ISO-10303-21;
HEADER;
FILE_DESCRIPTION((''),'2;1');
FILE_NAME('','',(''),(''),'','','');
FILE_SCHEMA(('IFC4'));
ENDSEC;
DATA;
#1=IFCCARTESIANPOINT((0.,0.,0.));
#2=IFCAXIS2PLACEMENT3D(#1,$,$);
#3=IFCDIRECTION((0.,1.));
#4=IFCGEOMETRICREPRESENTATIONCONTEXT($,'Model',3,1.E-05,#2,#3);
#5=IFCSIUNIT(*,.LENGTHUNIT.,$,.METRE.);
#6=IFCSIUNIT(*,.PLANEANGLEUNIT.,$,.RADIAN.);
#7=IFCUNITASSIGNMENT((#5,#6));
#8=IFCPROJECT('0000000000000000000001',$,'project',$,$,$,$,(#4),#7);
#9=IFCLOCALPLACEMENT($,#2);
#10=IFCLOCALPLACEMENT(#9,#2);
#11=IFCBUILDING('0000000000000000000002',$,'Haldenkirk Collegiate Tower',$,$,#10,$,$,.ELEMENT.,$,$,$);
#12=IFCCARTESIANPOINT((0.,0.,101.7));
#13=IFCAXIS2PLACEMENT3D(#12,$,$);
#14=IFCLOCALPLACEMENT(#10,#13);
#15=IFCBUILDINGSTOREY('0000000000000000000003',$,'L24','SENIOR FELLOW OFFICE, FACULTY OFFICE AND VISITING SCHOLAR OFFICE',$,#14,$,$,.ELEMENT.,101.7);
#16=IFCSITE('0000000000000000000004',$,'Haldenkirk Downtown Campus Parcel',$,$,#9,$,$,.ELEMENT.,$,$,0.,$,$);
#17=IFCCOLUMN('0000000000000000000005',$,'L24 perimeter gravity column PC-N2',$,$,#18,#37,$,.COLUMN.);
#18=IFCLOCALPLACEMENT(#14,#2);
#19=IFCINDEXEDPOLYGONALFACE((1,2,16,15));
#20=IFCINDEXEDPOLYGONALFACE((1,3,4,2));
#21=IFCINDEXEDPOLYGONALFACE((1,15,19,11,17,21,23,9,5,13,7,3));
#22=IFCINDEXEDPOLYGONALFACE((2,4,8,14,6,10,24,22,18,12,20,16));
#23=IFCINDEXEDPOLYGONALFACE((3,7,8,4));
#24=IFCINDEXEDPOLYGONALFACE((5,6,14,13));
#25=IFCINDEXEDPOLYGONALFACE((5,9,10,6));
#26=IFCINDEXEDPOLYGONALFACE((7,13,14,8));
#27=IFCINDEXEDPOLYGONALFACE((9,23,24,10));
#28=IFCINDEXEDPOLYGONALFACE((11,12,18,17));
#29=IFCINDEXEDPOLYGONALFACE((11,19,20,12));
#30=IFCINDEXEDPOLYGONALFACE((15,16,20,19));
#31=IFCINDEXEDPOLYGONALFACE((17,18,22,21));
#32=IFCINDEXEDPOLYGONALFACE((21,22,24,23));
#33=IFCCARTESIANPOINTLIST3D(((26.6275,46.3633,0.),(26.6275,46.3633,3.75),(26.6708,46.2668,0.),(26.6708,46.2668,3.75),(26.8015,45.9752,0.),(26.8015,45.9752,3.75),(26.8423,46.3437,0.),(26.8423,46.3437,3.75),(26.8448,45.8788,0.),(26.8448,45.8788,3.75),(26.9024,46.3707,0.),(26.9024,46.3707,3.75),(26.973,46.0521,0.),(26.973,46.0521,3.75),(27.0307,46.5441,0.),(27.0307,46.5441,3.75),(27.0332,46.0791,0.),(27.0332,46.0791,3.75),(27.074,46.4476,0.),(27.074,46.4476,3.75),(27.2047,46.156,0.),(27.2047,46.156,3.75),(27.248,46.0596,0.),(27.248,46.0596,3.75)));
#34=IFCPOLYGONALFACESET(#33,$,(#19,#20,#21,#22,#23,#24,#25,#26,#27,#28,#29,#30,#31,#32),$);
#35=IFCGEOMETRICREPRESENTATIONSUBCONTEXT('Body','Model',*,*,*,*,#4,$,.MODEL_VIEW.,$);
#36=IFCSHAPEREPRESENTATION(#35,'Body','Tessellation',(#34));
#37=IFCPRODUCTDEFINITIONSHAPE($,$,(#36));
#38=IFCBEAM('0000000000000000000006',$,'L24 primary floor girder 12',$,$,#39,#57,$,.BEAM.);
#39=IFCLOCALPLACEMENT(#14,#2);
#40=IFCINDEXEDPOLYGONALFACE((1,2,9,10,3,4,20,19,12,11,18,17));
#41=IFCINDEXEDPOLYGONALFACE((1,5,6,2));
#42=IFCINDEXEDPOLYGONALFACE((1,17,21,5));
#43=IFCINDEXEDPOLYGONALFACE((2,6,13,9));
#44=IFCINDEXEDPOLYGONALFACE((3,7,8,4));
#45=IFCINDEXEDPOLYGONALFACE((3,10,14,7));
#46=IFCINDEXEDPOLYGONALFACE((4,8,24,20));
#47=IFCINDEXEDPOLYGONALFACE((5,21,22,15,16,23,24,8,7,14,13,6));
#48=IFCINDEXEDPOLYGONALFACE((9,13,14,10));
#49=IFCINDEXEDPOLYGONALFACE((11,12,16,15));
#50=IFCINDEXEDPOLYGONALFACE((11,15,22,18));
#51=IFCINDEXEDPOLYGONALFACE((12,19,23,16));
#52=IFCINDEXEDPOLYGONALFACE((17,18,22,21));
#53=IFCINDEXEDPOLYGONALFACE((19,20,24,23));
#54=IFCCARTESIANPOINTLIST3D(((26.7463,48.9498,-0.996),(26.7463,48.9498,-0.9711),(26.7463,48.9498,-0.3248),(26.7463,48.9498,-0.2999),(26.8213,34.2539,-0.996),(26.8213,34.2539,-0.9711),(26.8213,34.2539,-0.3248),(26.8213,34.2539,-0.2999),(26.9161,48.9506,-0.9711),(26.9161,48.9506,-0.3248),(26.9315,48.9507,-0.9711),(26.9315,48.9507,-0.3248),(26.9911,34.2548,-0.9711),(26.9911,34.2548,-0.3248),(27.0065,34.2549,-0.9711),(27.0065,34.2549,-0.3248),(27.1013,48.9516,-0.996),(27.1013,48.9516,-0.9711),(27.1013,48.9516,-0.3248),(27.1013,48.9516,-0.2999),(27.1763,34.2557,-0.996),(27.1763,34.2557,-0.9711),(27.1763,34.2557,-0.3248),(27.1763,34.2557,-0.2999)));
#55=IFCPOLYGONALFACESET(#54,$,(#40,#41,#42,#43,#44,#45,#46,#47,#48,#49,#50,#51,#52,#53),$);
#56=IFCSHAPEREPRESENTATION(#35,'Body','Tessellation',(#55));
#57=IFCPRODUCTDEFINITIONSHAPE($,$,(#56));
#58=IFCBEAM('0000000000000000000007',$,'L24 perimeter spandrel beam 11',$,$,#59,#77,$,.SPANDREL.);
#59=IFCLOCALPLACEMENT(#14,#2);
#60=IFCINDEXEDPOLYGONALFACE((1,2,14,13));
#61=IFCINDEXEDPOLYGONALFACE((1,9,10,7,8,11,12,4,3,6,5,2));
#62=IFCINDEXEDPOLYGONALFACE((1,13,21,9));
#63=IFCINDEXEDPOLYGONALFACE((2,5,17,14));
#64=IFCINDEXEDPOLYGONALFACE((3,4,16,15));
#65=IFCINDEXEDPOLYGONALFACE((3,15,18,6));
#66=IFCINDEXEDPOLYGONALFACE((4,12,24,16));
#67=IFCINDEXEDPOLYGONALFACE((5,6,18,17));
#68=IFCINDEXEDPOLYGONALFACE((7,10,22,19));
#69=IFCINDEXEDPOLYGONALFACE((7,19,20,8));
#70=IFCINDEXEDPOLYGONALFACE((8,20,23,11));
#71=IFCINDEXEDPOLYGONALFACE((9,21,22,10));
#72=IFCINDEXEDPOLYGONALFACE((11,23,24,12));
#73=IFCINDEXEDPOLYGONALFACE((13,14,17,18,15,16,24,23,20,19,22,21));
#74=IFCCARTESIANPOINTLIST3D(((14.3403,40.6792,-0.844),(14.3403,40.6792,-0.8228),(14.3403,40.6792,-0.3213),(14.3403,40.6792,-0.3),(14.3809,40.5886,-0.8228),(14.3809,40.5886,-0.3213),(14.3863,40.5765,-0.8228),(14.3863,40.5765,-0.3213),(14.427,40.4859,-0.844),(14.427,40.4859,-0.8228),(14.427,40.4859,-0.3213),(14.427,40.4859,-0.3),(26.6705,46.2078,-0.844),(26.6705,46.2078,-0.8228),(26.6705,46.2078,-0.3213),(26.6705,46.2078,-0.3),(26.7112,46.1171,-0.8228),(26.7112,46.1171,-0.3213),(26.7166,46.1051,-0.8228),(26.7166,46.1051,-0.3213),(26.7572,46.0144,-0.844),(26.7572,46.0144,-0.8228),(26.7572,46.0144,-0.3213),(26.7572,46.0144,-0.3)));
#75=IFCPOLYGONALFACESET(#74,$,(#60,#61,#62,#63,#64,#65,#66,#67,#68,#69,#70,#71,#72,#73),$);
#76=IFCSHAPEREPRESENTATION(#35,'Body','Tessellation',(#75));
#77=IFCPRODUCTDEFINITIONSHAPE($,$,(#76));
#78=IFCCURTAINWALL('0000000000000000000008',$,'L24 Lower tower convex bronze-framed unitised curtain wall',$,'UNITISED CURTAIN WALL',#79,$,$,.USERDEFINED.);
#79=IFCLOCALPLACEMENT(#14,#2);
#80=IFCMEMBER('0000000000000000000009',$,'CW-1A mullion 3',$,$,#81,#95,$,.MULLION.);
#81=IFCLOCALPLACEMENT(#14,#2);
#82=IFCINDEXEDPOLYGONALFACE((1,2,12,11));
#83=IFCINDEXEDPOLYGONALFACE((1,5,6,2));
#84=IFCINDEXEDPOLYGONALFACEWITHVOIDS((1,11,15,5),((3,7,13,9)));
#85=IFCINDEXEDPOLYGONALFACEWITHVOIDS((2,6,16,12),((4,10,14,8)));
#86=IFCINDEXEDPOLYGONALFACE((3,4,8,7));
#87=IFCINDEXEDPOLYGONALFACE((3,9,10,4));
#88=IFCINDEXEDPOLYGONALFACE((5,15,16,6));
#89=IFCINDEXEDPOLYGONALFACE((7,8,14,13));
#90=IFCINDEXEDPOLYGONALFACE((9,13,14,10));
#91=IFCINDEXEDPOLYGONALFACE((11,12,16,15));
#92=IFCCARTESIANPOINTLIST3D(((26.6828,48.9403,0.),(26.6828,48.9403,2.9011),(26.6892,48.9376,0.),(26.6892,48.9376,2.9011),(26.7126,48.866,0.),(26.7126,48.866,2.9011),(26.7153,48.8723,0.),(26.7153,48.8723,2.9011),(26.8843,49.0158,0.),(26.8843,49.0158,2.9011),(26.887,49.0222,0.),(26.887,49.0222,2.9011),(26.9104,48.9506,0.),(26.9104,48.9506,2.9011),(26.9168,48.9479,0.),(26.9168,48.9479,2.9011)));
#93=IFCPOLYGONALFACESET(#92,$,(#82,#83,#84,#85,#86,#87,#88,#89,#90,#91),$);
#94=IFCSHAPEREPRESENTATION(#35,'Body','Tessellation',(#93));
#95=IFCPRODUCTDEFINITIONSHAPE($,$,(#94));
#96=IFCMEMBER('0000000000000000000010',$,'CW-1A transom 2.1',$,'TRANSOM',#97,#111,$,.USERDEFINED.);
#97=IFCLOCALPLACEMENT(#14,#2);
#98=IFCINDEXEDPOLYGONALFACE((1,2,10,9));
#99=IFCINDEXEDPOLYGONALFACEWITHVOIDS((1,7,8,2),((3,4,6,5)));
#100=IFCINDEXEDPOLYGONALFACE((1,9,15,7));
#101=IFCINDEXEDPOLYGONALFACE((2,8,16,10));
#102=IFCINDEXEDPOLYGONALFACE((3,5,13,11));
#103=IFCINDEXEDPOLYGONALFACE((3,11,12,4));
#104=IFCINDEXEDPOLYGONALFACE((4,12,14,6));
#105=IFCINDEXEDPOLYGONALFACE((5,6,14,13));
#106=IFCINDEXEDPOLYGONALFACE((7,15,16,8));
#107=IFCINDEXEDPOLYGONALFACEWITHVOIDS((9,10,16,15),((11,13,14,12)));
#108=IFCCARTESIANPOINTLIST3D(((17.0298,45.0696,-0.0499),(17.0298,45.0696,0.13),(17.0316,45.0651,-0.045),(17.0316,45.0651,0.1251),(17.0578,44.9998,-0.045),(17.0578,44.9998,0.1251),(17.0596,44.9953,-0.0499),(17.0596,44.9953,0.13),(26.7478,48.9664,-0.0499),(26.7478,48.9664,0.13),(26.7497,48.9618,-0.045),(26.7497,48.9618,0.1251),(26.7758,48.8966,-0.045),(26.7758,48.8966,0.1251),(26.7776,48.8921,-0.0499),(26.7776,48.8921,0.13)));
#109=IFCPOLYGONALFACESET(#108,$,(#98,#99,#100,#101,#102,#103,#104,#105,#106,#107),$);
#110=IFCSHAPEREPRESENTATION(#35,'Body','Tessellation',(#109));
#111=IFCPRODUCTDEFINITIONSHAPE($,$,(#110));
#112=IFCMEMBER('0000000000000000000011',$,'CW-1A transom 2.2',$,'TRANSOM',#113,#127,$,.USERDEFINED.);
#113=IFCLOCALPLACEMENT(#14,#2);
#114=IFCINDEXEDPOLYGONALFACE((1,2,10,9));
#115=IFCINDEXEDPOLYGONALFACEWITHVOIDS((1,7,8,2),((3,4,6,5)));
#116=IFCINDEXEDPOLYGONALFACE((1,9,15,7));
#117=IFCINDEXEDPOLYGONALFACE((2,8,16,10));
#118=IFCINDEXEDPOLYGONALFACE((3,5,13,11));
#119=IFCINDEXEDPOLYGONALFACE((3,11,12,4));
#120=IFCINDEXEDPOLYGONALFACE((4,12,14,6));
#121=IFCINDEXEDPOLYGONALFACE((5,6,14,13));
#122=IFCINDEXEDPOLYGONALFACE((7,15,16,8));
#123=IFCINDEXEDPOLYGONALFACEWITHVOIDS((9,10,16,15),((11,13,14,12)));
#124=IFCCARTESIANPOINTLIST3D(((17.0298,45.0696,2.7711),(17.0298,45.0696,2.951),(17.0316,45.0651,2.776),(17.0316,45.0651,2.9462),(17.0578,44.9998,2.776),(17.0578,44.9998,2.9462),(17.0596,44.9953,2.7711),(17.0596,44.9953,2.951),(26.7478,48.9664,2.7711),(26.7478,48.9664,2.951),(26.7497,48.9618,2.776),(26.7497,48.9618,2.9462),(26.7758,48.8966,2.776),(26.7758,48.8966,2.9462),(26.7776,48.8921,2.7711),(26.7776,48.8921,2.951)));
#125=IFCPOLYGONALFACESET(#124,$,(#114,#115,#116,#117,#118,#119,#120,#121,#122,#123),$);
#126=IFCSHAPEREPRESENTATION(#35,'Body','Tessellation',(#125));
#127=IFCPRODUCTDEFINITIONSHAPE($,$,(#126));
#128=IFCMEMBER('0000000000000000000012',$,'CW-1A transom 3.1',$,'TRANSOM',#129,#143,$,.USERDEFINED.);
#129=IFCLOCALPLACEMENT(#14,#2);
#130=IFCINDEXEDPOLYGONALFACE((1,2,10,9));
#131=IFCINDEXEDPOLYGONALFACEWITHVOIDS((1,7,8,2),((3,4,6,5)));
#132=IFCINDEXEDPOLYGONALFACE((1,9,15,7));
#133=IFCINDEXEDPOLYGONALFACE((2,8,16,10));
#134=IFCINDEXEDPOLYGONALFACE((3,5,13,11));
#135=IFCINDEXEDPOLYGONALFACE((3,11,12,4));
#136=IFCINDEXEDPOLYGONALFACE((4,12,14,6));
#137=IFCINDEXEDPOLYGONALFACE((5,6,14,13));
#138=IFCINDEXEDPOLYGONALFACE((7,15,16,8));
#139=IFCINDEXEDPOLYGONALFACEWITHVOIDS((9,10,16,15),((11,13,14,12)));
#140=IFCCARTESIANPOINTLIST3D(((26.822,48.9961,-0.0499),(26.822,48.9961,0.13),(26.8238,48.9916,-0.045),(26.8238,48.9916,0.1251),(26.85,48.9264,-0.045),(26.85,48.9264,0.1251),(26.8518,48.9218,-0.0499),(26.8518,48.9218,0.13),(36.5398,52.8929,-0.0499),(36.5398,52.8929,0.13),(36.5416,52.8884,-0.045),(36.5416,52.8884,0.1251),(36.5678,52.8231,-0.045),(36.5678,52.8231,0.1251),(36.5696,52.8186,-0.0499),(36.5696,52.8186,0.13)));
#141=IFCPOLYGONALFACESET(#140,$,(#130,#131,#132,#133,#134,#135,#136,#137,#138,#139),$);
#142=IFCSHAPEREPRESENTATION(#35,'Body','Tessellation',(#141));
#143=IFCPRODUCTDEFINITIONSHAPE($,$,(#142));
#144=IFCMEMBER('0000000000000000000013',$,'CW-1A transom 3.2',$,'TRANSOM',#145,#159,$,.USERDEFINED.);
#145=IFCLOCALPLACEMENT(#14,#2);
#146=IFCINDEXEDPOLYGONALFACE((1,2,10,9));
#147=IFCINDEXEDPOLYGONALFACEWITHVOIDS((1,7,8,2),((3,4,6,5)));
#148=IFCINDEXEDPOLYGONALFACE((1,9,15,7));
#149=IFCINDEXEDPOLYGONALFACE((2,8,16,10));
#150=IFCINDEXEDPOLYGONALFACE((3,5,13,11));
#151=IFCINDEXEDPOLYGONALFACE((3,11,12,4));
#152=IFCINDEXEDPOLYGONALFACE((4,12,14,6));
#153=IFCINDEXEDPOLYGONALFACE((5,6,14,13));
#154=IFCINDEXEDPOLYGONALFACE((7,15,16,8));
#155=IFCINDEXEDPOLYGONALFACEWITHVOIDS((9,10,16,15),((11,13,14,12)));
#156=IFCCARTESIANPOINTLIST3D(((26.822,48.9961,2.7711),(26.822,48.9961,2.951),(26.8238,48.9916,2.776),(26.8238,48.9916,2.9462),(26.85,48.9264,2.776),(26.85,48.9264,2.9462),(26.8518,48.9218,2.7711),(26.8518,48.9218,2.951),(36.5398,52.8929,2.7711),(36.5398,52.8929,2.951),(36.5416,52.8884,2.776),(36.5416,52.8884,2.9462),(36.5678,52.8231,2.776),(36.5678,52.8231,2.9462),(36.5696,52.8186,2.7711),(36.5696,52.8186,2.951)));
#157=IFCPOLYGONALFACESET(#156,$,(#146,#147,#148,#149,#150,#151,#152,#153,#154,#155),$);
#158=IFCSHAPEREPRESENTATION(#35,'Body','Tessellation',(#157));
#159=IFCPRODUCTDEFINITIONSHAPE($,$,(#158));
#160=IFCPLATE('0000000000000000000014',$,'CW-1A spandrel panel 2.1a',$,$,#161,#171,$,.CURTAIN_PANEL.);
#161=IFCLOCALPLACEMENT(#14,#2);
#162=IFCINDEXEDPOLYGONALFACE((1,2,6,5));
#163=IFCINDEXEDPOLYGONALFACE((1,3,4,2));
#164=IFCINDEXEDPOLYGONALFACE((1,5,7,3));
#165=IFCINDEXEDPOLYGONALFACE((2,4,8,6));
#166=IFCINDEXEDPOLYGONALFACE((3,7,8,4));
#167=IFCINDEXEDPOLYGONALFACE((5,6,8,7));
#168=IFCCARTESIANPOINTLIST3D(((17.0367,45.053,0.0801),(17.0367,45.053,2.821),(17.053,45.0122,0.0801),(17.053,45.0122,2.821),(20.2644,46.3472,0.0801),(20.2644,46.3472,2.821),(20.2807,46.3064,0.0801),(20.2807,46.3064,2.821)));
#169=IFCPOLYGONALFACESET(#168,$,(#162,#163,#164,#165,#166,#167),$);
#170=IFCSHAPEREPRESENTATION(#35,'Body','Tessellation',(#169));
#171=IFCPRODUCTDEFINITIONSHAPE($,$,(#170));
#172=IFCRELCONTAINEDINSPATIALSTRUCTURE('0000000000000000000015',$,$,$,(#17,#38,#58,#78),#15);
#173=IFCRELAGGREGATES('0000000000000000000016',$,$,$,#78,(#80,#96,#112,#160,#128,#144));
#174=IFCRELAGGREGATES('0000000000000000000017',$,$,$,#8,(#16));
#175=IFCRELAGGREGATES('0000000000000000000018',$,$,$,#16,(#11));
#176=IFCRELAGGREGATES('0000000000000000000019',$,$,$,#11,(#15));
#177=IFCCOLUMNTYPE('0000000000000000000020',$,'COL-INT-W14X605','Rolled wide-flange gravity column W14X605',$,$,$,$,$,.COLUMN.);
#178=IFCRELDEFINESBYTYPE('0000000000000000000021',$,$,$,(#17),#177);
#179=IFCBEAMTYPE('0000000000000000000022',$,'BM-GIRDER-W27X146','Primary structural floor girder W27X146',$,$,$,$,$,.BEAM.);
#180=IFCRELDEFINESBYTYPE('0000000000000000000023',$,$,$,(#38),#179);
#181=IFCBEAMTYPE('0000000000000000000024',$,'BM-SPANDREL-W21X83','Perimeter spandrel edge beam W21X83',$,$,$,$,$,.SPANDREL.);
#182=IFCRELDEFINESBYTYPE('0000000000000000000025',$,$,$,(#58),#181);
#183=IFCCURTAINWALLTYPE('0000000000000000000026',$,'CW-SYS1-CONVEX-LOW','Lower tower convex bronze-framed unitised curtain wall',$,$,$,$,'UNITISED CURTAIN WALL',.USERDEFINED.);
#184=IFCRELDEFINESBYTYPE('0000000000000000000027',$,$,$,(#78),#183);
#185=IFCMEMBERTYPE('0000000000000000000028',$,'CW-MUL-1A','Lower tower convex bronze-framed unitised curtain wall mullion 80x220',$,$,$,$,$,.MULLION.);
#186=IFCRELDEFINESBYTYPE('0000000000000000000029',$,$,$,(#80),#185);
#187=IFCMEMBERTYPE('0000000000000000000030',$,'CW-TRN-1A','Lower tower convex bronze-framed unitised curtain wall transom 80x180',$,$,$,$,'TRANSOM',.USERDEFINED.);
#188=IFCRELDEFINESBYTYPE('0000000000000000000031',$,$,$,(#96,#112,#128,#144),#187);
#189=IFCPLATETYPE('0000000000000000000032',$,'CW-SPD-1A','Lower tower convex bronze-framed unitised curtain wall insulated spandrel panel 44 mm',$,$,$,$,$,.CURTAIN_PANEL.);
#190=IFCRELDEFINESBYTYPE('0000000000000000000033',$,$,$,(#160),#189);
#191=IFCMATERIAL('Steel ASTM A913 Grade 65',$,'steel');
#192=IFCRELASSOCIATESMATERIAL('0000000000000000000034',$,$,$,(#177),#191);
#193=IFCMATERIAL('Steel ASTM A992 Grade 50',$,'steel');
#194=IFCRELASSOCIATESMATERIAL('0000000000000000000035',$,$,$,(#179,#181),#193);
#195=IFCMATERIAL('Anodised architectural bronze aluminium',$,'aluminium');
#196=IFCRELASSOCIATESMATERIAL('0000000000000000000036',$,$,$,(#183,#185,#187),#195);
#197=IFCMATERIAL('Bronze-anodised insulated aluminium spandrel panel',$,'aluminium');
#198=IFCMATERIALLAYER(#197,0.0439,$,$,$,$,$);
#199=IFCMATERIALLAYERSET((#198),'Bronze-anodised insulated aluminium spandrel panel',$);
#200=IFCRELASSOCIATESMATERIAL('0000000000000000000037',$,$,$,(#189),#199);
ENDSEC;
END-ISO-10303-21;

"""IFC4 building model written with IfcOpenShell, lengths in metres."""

from ifc_helpers import new_model, si_unit, direction, frame, origin, origin_2d, place, context, subcontext, project, spatial, rectangle, hollow_rectangle, i_section, extrude, source, transform, mapped, material, layer, layer_set, material_profile, profile_set, type_object, element, aggregate, save


model = new_model("IFC4")

# Units and contexts
model_context = context("Model", 3, precision=1e-05, world=origin(), true_north=direction((0.0, 1.0)))
body_context = subcontext(model_context, "Body", "Model", "MODEL_VIEW")
ifc_project = project(units=[si_unit("LENGTHUNIT", "METRE"), si_unit("PLANEANGLEUNIT", "RADIAN")], contexts=[model_context])

# Site, building, storey
site_placement = place(None, origin())
site = spatial("IfcSite", under=ifc_project, at=site_placement, Name="Haldenkirk Downtown Campus Parcel", CompositionType="ELEMENT", RefElevation=0.0)
building_placement = place(site_placement, origin())
building = spatial("IfcBuilding", under=site, at=building_placement, Name="Haldenkirk Collegiate Tower", CompositionType="ELEMENT")
storey_placement = place(building_placement, frame((0.0, 0.0, 101.7)))
storey = spatial("IfcBuildingStorey", under=building, at=storey_placement, Name="L24", Description="SENIOR FELLOW OFFICE, FACULTY OFFICE AND VISITING SCHOLAR OFFICE", CompositionType="ELEMENT", Elevation=101.7)

# Column
ifc_material_1 = material(Name="Steel ASTM A913 Grade 65", Category="steel")
ifc_material_profile_1 = material_profile(ifc_material_1, i_section(OverallWidth=0.4419, OverallDepth=0.531, WebThickness=0.0659, FlangeThickness=0.1057, at=origin_2d()), Name="W14X605")
ifc_profile_set_1 = profile_set([ifc_material_profile_1], Name="Steel ASTM A913 Grade 65")
column_type = type_object("IfcColumnType", Name="COL-INT-W14X605", Description="Rolled wide-flange gravity column W14X605", PredefinedType="COLUMN", material=ifc_profile_set_1)
column_placement = place(storey_placement, frame((26.9377, 46.2114, 0.0), z_axis=(0.0, 0.0, 1.0), x_axis=(0.912477, 0.409127, 0.0)))
element("IfcColumn", 1, at=column_placement, inside=storey, type_object=column_type, Name="L24 perimeter gravity column PC-N2", PredefinedType="COLUMN", context=body_context, shape_type="SweptSolid", body=[
    extrude(i_section(OverallWidth=0.4419, OverallDepth=0.531, WebThickness=0.0659, FlangeThickness=0.1057, at=origin_2d()), origin(), (0.0, 0.0, 1.0), 3.75),
])

# Beams
ifc_material_2 = material(Name="Steel ASTM A992 Grade 50", Category="steel")
ifc_material_profile_2 = material_profile(ifc_material_2, i_section(OverallWidth=0.355, OverallDepth=0.696, WebThickness=0.0154, FlangeThickness=0.0249, at=origin_2d()), Name="W27X146")
ifc_profile_set_2 = profile_set([ifc_material_profile_2], Name="Steel ASTM A992 Grade 50")
beam_type_1 = type_object("IfcBeamType", Name="BM-GIRDER-W27X146", Description="Primary structural floor girder W27X146", PredefinedType="BEAM", material=ifc_profile_set_2)
beam_1_placement = place(storey_placement, frame((26.9238, 48.9507, -0.6479), z_axis=(0.0051, -0.999987, 0.0), x_axis=(0.999987, 0.0051, 0.0)))
element("IfcBeam", 2, at=beam_1_placement, inside=storey, type_object=beam_type_1, Name="L24 primary floor girder 12", PredefinedType="BEAM", context=body_context, shape_type="SweptSolid", body=[
    extrude(i_section(OverallWidth=0.355, OverallDepth=0.696, WebThickness=0.0154, FlangeThickness=0.0249, at=origin_2d()), origin(), (0.0, 0.0, 1.0), 14.696),
])
ifc_material_profile_3 = material_profile(ifc_material_2, i_section(OverallWidth=0.2119, OverallDepth=0.5439, WebThickness=0.0132, FlangeThickness=0.0212, at=origin_2d()), Name="W21X83")
ifc_profile_set_3 = profile_set([ifc_material_profile_3], Name="Steel ASTM A992 Grade 50")
beam_type_2 = type_object("IfcBeamType", Name="BM-SPANDREL-W21X83", Description="Perimeter spandrel edge beam W21X83", PredefinedType="SPANDREL", material=ifc_profile_set_3)
beam_2_placement = place(storey_placement, frame((26.7139, 46.1111, -0.572), z_axis=(-0.912477, -0.409129, 0.0), x_axis=(0.409129, -0.912477, 0.0)))
element("IfcBeam", 3, at=beam_2_placement, inside=storey, type_object=beam_type_2, Name="L24 perimeter spandrel beam 11", PredefinedType="SPANDREL", context=body_context, shape_type="SweptSolid", body=[
    extrude(i_section(OverallWidth=0.2119, OverallDepth=0.5439, WebThickness=0.0132, FlangeThickness=0.0212, at=origin_2d()), origin(), (0.0, 0.0, 1.0), 13.5129),
])

# Curtain wall, members, plate
ifc_material_3 = material(Name="Anodised architectural bronze aluminium", Category="aluminium")
curtain_wall_type = type_object("IfcCurtainWallType", Name="CW-SYS1-CONVEX-LOW", Description="Lower tower convex bronze-framed unitised curtain wall", ElementType="UNITISED CURTAIN WALL", PredefinedType="USERDEFINED", material=ifc_material_3)
curtain_wall_placement = place(storey_placement, origin())
curtain_wall = element("IfcCurtainWall", 4, at=curtain_wall_placement, inside=storey, type_object=curtain_wall_type, Name="L24 Lower tower convex bronze-framed unitised curtain wall", ObjectType="UNITISED CURTAIN WALL", PredefinedType="USERDEFINED")
ifc_material_profile_4 = material_profile(ifc_material_3, hollow_rectangle(XDim=0.0801, YDim=0.22, WallThickness=0.0049, at=origin_2d()), Name="CW-MUL-1A")
ifc_profile_set_4 = profile_set([ifc_material_profile_4], Name="Anodised architectural bronze aluminium")
member_type_1 = type_object("IfcMemberType", Name="CW-MUL-1A", Description="Lower tower convex bronze-framed unitised curtain wall mullion 80x220", PredefinedType="MULLION", material=ifc_profile_set_4)
member_1_placement = place(storey_placement, frame((26.7998, 48.9441, 0.0), z_axis=(0.0, 0.0, 1.0), x_axis=(-0.372175, 0.928163, 0.0)))
member_1 = element("IfcMember", 5, at=member_1_placement, type_object=member_type_1, Name="CW-1A mullion 3", PredefinedType="MULLION", context=body_context, shape_type="SweptSolid", body=[
    extrude(hollow_rectangle(XDim=0.0801, YDim=0.22, WallThickness=0.0049, at=origin_2d()), origin(), (0.0, 0.0, 1.0), 2.9011),
])
ifc_material_profile_5 = material_profile(ifc_material_3, hollow_rectangle(XDim=0.0801, YDim=0.1799, WallThickness=0.0049, at=origin_2d()), Name="CW-TRN-1A")
ifc_profile_set_5 = profile_set([ifc_material_profile_5], Name="Anodised architectural bronze aluminium")
member_type_2 = type_object("IfcMemberType", Name="CW-TRN-1A", Description="Lower tower convex bronze-framed unitised curtain wall transom 80x180", ElementType="TRANSOM", PredefinedType="USERDEFINED", material=ifc_profile_set_5)
member_2_placement = place(storey_placement, frame((17.0447, 45.0325, 0.04), z_axis=(0.928163, 0.372175, 0.0), x_axis=(-0.372175, 0.928163, 0.0)))
member_2 = element("IfcMember", 6, at=member_2_placement, type_object=member_type_2, Name="CW-1A transom 2.1", ObjectType="TRANSOM", PredefinedType="USERDEFINED", context=body_context, shape_type="SweptSolid", body=[
    extrude(hollow_rectangle(XDim=0.0801, YDim=0.1799, WallThickness=0.0049, at=origin_2d()), origin(), (0.0, 0.0, 1.0), 10.4702),
])
member_3_placement = place(storey_placement, frame((17.0447, 45.0325, 2.8611), z_axis=(0.928163, 0.372175, 0.0), x_axis=(-0.372175, 0.928163, 0.0)))
member_3 = element("IfcMember", 7, at=member_3_placement, type_object=member_type_2, Name="CW-1A transom 2.2", ObjectType="TRANSOM", PredefinedType="USERDEFINED", context=body_context, shape_type="SweptSolid", body=[
    extrude(hollow_rectangle(XDim=0.0801, YDim=0.1799, WallThickness=0.0049, at=origin_2d()), origin(), (0.0, 0.0, 1.0), 10.4702),
])
member_4_placement = place(storey_placement, frame((26.8369, 48.959, 0.04), z_axis=(0.92816, 0.372183, 0.0), x_axis=(-0.372183, 0.92816, 0.0)))
member_4 = element("IfcMember", 8, at=member_4_placement, type_object=member_type_2, Name="CW-1A transom 3.1", ObjectType="TRANSOM", PredefinedType="USERDEFINED", context=body_context, shape_type="SweptSolid", body=[
    extrude(hollow_rectangle(XDim=0.0801, YDim=0.1799, WallThickness=0.0049, at=origin_2d()), origin(), (0.0, 0.0, 1.0), 10.47),
])
member_5_placement = place(storey_placement, frame((26.8369, 48.959, 2.8611), z_axis=(0.92816, 0.372183, 0.0), x_axis=(-0.372183, 0.92816, 0.0)))
member_5 = element("IfcMember", 9, at=member_5_placement, type_object=member_type_2, Name="CW-1A transom 3.2", ObjectType="TRANSOM", PredefinedType="USERDEFINED", context=body_context, shape_type="SweptSolid", body=[
    extrude(hollow_rectangle(XDim=0.0801, YDim=0.1799, WallThickness=0.0049, at=origin_2d()), origin(), (0.0, 0.0, 1.0), 10.47),
])
ifc_material_4 = material(Name="Bronze-anodised insulated aluminium spandrel panel", Category="aluminium")
ifc_layer_1 = layer(ifc_material_4, 0.0439)
ifc_layer_set_1 = layer_set([ifc_layer_1], Name="Bronze-anodised insulated aluminium spandrel panel")
plate_type_1 = type_object("IfcPlateType", Name="CW-SPD-1A", Description="Lower tower convex bronze-framed unitised curtain wall insulated spandrel panel 44 mm", PredefinedType="CURTAIN_PANEL", material=ifc_layer_set_1)
shared_shape_1 = source(origin(), body_context, "Body", "SweptSolid", [
    extrude(rectangle(XDim=3.4775, YDim=0.0439, at=origin_2d()), origin(), (0.0, 0.0, 1.0), 2.741),
])
plate_1_placement = place(storey_placement, frame((18.6587, 45.6797, 0.0801), z_axis=(0.0, 0.0, 1.0), x_axis=(0.928163, 0.372175, 0.0)))
plate_1 = element("IfcPlate", 10, at=plate_1_placement, type_object=plate_type_1, Name="CW-1A spandrel panel 2.1a", PredefinedType="CURTAIN_PANEL", context=body_context, shape_type="MappedRepresentation", body=[
    mapped(shared_shape_1, transform((0.0, 0.0, 0.0), x_axis=(1.0, 0.0, 0.0), y_axis=(0.0, 1.0, 0.0), z_axis=(0.0, 0.0, 1.0), scale=1.0)),
])
aggregate(curtain_wall, [member_1, member_2, member_3, plate_1, member_4, member_5])

save(model, "model.ifc")
